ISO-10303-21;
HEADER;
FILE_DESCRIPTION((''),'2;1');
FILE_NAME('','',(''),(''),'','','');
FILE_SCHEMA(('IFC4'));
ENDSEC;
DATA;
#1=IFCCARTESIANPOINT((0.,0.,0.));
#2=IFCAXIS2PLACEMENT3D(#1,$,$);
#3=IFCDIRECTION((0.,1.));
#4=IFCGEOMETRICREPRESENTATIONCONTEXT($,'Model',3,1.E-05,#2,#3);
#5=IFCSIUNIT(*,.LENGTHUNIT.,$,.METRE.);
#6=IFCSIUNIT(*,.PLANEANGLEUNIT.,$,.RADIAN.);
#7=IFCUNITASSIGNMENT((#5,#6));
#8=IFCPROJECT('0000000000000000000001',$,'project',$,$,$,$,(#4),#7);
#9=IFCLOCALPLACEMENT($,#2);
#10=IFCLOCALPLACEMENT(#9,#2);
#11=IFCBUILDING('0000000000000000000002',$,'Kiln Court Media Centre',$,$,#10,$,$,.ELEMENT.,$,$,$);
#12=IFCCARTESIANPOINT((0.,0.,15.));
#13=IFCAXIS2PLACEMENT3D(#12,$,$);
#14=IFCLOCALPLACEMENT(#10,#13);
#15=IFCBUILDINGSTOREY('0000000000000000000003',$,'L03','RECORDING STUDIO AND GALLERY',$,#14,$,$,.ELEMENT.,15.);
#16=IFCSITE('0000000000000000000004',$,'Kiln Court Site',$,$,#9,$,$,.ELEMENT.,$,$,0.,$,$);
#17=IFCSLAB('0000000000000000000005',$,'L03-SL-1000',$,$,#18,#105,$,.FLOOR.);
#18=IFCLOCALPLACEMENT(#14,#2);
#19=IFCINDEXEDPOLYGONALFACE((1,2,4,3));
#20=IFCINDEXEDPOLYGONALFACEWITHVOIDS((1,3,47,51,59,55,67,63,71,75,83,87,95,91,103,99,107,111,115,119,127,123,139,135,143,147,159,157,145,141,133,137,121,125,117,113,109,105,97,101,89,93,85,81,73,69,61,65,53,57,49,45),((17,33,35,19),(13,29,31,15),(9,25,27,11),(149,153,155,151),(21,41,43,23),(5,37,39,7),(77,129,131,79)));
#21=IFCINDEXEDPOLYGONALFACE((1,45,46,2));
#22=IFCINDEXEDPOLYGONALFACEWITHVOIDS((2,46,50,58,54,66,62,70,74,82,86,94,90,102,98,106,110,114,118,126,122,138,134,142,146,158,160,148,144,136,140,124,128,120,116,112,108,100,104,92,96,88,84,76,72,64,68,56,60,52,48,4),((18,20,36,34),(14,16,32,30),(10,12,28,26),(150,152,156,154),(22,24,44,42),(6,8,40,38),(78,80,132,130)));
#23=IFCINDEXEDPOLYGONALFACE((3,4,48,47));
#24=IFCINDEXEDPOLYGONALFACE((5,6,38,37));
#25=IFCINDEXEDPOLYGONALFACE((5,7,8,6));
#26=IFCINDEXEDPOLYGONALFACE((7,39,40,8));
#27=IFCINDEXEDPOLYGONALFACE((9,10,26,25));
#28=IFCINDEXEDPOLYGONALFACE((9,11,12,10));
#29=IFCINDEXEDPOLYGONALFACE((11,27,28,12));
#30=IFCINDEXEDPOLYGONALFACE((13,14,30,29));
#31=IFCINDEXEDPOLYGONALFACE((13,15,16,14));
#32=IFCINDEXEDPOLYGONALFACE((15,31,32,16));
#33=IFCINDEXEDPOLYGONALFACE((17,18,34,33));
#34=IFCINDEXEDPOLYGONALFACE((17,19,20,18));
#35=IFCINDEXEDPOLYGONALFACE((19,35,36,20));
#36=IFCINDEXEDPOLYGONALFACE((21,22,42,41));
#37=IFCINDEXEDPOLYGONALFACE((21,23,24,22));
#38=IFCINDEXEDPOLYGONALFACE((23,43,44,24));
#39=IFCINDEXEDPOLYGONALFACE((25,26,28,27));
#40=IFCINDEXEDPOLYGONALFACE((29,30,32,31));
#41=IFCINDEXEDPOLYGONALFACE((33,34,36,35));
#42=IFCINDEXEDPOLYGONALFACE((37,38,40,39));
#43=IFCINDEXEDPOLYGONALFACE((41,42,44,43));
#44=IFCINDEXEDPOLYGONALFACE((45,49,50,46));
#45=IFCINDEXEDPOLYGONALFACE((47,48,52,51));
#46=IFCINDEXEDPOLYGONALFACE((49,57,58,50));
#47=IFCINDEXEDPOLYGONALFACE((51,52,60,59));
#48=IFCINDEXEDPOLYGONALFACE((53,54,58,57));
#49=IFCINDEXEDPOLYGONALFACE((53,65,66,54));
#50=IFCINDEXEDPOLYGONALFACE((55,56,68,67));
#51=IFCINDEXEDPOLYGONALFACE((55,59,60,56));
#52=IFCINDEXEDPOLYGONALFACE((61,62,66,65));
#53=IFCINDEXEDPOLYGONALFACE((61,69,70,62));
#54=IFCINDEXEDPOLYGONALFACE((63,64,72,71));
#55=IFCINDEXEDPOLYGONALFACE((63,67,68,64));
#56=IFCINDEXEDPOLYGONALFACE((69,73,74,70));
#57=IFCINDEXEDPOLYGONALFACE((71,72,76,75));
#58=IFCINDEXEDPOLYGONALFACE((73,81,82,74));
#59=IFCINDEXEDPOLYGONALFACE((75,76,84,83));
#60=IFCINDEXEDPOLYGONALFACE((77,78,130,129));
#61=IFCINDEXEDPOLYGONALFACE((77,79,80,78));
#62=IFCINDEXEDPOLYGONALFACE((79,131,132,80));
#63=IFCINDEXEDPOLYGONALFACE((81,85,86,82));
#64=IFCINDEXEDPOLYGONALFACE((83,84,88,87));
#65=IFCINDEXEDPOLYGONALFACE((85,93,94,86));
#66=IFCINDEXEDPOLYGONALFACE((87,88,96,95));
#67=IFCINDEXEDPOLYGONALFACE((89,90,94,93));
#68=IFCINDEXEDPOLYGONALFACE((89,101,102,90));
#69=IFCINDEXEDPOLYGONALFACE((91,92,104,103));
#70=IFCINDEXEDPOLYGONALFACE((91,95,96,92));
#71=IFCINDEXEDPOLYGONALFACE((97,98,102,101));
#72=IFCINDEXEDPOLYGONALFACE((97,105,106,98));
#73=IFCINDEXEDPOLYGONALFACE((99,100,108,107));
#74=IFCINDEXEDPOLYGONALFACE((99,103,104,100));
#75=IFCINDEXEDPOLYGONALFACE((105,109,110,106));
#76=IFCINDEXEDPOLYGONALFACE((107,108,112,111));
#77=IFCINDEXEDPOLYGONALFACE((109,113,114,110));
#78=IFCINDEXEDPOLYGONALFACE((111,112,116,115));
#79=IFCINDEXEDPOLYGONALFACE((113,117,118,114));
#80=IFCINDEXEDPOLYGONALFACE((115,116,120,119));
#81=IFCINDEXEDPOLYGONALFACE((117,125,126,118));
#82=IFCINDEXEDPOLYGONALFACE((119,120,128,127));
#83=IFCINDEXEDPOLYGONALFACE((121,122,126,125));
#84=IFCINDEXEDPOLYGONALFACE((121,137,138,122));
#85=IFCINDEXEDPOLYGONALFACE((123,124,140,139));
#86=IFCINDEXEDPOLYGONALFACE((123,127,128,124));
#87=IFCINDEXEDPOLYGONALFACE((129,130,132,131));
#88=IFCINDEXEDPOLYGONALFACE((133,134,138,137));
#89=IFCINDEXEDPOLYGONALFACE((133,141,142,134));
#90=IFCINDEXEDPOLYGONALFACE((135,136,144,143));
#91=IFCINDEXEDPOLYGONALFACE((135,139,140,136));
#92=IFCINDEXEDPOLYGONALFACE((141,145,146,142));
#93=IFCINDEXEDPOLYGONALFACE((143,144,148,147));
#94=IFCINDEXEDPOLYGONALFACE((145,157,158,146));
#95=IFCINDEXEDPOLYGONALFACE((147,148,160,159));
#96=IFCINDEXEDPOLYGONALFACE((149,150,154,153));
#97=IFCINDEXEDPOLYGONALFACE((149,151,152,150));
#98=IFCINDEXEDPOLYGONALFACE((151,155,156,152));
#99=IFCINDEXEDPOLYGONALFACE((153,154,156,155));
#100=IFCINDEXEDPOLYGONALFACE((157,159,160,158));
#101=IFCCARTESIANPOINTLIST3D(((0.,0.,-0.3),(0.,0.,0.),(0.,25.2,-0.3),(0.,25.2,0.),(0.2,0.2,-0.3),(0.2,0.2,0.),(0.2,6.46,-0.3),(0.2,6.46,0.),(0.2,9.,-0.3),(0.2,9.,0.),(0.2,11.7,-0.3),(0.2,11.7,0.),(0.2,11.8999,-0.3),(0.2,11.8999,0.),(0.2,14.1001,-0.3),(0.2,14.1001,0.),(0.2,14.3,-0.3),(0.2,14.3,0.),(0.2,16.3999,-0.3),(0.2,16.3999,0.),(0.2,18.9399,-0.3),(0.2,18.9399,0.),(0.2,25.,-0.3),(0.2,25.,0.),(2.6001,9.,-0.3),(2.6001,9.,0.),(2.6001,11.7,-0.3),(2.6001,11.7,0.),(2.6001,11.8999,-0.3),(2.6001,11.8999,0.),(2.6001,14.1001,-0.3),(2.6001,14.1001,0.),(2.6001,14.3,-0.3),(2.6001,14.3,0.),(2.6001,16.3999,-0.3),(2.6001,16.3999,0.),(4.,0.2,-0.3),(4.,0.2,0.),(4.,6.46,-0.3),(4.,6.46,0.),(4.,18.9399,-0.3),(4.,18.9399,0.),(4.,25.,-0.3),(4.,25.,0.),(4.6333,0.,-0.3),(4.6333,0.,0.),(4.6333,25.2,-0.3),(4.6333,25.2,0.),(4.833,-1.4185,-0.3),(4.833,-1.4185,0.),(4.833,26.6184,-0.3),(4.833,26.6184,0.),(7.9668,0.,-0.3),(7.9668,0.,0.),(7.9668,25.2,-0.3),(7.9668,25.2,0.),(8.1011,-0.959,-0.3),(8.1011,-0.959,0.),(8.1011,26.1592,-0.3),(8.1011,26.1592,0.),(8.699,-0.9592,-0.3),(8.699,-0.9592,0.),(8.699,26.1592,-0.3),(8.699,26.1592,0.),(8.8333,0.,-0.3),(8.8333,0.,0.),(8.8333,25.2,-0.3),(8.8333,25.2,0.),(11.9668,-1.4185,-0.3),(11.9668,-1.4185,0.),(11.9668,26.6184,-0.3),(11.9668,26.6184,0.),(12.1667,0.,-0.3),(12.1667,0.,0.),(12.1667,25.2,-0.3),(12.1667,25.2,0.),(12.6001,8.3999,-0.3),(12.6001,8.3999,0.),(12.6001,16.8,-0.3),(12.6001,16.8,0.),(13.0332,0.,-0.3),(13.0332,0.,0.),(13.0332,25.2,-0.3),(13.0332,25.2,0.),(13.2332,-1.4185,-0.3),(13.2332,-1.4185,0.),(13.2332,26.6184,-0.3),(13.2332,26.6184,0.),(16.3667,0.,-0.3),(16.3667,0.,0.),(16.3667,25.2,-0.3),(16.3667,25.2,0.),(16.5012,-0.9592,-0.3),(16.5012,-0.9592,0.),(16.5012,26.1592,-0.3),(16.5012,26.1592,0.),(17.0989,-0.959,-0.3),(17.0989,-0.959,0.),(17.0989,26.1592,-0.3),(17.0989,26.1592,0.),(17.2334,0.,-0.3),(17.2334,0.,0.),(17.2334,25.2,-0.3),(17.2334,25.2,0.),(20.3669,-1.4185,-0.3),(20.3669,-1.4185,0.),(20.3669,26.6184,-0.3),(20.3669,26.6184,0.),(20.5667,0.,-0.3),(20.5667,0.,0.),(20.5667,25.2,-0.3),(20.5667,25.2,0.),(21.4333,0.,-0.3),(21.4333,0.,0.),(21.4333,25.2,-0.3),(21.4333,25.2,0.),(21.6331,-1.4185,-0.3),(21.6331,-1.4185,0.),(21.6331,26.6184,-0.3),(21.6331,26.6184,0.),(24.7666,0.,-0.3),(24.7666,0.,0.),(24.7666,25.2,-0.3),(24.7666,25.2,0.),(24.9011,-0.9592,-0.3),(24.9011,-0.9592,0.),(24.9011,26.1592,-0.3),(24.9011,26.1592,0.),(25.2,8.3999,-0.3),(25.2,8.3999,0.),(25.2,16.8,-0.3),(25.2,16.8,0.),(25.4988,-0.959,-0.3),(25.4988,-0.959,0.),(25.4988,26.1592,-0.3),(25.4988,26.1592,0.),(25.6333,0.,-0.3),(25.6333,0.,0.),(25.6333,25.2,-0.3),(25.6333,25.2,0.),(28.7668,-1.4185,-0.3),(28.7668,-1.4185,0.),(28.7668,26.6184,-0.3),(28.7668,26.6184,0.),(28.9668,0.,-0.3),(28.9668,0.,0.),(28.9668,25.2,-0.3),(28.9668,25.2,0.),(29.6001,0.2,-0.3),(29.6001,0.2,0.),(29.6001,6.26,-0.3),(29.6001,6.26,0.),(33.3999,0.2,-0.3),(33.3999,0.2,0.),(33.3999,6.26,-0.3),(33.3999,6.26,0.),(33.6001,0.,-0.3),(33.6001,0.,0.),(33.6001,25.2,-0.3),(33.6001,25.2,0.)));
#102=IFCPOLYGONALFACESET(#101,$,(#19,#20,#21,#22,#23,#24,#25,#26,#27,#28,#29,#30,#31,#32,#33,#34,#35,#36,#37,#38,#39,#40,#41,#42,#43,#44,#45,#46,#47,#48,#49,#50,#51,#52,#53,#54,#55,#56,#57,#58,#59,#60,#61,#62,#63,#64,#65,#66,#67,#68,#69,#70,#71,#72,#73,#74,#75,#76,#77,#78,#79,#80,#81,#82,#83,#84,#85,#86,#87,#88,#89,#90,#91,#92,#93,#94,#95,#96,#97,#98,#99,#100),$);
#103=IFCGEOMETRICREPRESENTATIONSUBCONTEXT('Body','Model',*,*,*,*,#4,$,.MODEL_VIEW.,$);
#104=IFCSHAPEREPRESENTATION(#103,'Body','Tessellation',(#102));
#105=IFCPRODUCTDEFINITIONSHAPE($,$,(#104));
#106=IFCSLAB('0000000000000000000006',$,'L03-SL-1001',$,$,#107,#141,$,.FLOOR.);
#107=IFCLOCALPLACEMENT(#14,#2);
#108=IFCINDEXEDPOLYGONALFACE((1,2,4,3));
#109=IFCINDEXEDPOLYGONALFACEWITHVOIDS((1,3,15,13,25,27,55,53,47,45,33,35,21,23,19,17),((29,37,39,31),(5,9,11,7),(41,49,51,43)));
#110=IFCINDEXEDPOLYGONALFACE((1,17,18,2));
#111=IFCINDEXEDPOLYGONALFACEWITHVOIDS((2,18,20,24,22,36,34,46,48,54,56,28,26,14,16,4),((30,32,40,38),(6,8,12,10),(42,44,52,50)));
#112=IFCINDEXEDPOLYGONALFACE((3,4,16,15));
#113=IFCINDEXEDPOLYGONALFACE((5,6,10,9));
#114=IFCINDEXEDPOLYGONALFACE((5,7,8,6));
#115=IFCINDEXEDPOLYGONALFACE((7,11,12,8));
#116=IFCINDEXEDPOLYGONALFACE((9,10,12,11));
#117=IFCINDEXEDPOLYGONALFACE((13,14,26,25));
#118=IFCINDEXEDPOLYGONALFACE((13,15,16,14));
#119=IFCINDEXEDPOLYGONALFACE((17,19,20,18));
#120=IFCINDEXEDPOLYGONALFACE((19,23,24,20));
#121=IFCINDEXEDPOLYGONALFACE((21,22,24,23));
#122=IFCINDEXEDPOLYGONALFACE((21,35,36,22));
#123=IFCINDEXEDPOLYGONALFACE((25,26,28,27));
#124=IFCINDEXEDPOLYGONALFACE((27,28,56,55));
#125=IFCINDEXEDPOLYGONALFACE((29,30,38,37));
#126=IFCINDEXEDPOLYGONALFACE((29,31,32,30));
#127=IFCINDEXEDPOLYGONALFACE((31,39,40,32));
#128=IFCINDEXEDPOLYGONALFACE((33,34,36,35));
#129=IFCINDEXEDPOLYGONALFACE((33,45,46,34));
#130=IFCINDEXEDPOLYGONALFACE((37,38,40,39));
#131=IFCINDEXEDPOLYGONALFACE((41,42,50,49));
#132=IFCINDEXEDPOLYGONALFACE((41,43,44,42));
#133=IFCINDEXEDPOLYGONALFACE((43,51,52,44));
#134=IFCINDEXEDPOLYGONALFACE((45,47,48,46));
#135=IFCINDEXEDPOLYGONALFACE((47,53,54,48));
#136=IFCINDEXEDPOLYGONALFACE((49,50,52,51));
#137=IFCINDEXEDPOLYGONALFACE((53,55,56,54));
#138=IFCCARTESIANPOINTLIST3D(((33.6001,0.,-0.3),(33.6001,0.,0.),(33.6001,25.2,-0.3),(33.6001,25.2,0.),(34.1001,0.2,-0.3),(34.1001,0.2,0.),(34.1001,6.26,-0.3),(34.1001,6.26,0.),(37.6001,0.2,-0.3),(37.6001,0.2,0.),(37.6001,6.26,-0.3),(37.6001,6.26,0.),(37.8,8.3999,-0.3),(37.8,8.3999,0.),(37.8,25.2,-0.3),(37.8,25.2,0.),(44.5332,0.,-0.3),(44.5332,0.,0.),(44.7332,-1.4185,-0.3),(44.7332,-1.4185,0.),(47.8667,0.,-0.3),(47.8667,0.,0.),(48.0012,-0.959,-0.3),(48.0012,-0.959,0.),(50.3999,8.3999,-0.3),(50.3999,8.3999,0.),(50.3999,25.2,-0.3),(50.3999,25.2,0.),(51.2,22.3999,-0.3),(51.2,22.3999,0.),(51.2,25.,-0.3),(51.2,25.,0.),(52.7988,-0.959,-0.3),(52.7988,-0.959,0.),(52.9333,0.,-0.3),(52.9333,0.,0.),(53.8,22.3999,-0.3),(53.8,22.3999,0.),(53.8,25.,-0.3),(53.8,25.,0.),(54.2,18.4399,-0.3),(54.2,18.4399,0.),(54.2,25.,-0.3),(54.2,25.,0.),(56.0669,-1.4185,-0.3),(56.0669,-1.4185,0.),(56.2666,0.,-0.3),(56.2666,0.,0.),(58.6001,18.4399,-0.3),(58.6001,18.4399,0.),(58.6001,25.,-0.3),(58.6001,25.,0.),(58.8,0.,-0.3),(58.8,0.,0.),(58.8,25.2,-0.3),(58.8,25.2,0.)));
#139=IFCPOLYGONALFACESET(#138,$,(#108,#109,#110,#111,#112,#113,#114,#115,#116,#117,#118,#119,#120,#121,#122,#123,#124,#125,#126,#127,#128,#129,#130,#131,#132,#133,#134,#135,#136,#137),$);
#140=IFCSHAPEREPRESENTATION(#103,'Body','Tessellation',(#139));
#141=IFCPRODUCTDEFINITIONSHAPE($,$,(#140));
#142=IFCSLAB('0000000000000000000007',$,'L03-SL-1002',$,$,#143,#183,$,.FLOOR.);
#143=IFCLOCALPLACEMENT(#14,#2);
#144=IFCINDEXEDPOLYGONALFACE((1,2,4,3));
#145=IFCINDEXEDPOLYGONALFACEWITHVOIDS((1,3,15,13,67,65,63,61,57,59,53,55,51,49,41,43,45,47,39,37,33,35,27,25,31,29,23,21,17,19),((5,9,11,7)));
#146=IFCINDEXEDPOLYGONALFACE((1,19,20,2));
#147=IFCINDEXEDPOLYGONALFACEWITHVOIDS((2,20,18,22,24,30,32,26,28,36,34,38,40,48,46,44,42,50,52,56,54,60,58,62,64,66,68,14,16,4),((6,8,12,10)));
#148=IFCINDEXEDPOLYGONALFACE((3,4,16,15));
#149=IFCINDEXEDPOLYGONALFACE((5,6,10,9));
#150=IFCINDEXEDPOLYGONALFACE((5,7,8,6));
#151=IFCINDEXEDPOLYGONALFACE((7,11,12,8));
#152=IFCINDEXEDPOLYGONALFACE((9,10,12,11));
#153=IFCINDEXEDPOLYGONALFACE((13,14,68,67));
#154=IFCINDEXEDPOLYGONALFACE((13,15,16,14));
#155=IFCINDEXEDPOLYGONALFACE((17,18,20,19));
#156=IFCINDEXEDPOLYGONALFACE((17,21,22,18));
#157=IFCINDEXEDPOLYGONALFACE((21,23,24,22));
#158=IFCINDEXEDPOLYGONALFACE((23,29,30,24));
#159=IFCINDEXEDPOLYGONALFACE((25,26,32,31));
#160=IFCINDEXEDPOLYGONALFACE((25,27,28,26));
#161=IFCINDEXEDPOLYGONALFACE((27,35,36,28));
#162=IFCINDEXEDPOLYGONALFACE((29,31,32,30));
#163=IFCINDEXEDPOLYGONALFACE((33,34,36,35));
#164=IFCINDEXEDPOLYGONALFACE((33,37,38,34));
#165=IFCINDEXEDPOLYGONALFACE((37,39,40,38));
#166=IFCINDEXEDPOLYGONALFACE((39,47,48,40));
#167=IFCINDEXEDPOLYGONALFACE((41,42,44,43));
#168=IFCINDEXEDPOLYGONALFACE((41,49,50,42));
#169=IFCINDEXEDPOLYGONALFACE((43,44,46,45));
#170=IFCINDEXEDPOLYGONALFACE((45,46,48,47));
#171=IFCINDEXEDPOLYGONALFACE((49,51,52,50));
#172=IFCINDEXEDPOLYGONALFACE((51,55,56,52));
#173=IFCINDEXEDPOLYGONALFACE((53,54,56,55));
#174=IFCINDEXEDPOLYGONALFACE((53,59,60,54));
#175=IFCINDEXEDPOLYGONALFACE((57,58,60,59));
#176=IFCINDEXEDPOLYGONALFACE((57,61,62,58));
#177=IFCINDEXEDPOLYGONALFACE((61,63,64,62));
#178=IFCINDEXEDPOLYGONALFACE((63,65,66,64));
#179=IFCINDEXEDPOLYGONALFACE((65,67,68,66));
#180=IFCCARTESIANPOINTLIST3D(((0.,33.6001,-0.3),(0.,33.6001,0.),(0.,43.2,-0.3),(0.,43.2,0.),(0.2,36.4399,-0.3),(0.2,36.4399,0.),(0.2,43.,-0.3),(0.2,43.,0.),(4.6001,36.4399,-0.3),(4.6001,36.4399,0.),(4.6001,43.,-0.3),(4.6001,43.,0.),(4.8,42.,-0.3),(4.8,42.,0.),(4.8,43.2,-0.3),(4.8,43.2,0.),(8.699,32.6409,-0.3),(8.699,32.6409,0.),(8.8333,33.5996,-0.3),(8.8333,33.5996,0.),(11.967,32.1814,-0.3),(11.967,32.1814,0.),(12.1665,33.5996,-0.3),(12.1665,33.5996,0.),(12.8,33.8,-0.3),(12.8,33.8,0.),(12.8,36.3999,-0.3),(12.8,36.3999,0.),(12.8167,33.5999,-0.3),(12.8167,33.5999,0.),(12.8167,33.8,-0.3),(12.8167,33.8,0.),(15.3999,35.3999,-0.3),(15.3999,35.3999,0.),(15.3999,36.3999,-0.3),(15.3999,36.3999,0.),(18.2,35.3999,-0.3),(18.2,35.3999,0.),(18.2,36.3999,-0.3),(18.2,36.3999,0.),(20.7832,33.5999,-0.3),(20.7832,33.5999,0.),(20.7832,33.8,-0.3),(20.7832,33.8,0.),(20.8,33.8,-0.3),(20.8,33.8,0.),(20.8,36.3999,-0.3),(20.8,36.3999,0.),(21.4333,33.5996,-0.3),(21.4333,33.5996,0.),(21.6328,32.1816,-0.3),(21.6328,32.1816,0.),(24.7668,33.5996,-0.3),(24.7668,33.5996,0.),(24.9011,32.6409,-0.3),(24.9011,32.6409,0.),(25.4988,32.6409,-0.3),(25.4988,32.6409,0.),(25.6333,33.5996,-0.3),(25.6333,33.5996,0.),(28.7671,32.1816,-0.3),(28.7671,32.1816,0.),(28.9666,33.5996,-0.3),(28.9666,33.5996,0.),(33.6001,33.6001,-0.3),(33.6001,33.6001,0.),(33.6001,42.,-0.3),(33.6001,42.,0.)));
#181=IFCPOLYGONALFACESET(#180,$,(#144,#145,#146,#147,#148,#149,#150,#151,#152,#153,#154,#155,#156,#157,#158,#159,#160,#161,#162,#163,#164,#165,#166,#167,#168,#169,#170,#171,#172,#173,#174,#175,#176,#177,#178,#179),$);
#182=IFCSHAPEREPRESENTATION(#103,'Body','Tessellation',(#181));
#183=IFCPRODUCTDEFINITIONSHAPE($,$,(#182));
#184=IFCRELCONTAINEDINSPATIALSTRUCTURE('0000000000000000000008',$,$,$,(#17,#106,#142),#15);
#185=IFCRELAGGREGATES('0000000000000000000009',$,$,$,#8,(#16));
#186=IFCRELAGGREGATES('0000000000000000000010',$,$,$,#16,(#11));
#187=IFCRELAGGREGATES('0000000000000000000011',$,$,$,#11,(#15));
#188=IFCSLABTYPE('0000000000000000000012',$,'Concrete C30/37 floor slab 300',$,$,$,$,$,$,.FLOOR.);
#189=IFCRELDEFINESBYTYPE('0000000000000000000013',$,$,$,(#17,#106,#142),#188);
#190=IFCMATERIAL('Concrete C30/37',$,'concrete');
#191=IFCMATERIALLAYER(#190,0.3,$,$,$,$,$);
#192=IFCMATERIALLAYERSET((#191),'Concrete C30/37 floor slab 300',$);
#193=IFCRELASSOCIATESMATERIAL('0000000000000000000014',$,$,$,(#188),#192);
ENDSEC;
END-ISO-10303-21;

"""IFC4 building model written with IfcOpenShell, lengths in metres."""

from ifc_helpers import new_model, si_unit, direction, frame, origin, place, context, subcontext, project, spatial, polyline, outline, extrude, material, layer, layer_set, type_object, element, save


model = new_model("IFC4")

# Units and contexts
model_context = context("Model", 3, precision=1e-05, world=origin(), true_north=direction((0.0, 1.0)))
body_context = subcontext(model_context, "Body", "Model", "MODEL_VIEW")
ifc_project = project(units=[si_unit("LENGTHUNIT", "METRE"), si_unit("PLANEANGLEUNIT", "RADIAN")], contexts=[model_context])

# Site, building, storey
site_placement = place(None, origin())
site = spatial("IfcSite", under=ifc_project, at=site_placement, Name="Kiln Court Site", CompositionType="ELEMENT", RefElevation=0.0)
building_placement = place(site_placement, origin())
building = spatial("IfcBuilding", under=site, at=building_placement, Name="Kiln Court Media Centre", CompositionType="ELEMENT")
storey_placement = place(building_placement, frame((0.0, 0.0, 15.0)))
storey = spatial("IfcBuildingStorey", under=building, at=storey_placement, Name="L03", Description="RECORDING STUDIO AND GALLERY", CompositionType="ELEMENT", Elevation=15.0)

# Slabs
ifc_material_1 = material(Name="Concrete C30/37", Category="concrete")
ifc_layer_1 = layer(ifc_material_1, 0.3)
ifc_layer_set_1 = layer_set([ifc_layer_1], Name="Concrete C30/37 floor slab 300")
slab_type = type_object("IfcSlabType", Name="Concrete C30/37 floor slab 300", PredefinedType="FLOOR", material=ifc_layer_set_1)
slab_1_placement = place(storey_placement, frame((0.0, 0.0, -0.3)))
element("IfcSlab", 1, at=slab_1_placement, inside=storey, type_object=slab_type, Name="L03-SL-1000", PredefinedType="FLOOR", context=body_context, shape_type="SweptSolid", body=[
    extrude(outline(polyline([(4.833, -1.4185), (4.6333, 0.0), (0.0, 0.0), (0.0, 25.2), (4.6333, 25.2), (4.833, 26.6184), (8.1011, 26.1592), (7.9668, 25.2), (8.8333, 25.2), (8.699, 26.1592), (11.9668, 26.6184), (12.1667, 25.2), (13.0332, 25.2), (13.2332, 26.6184), (16.5012, 26.1592), (16.3667, 25.2), (17.2334, 25.2), (17.0989, 26.1592), (20.3669, 26.6184), (20.5667, 25.2), (21.4333, 25.2), (21.6331, 26.6184), (24.9011, 26.1592), (24.7666, 25.2), (25.6333, 25.2), (25.4988, 26.1592), (28.7668, 26.6184), (28.9668, 25.2), (33.6001, 25.2), (33.6001, 0.0), (28.9668, 0.0), (28.7668, -1.4185), (25.4988, -0.959), (25.6333, 0.0), (24.7666, 0.0), (24.9011, -0.9592), (21.6331, -1.4185), (21.4333, 0.0), (20.5667, 0.0), (20.3669, -1.4185), (17.0989, -0.959), (17.2334, 0.0), (16.3667, 0.0), (16.5012, -0.9592), (13.2332, -1.4185), (13.0332, 0.0), (12.1667, 0.0), (11.9668, -1.4185), (8.699, -0.9592), (8.8333, 0.0), (7.9668, 0.0), (8.1011, -0.959), (4.833, -1.4185)]), holes=[polyline([(0.2, 0.2), (4.0, 0.2), (4.0, 6.46), (0.2, 6.46), (0.2, 0.2)]), polyline([(29.6001, 0.2), (33.3999, 0.2), (33.3999, 6.26), (29.6001, 6.26), (29.6001, 0.2)]), polyline([(12.6001, 8.3999), (25.2, 8.3999), (25.2, 16.8), (12.6001, 16.8), (12.6001, 8.3999)]), polyline([(0.2, 9.0), (2.6001, 9.0), (2.6001, 11.7), (0.2, 11.7), (0.2, 9.0)]), polyline([(0.2, 11.8999), (2.6001, 11.8999), (2.6001, 14.1001), (0.2, 14.1001), (0.2, 11.8999)]), polyline([(0.2, 14.3), (2.6001, 14.3), (2.6001, 16.3999), (0.2, 16.3999), (0.2, 14.3)]), polyline([(0.2, 18.9399), (4.0, 18.9399), (4.0, 25.0), (0.2, 25.0), (0.2, 18.9399)])]), origin(), (0.0, 0.0, 1.0), 0.3),
])
slab_2_placement = place(storey_placement, frame((0.0, 0.0, -0.3)))
element("IfcSlab", 2, at=slab_2_placement, inside=storey, type_object=slab_type, Name="L03-SL-1001", PredefinedType="FLOOR", context=body_context, shape_type="SweptSolid", body=[
    extrude(outline(polyline([(44.7332, -1.4185), (44.5332, 0.0), (33.6001, 0.0), (33.6001, 25.2), (37.8, 25.2), (37.8, 8.3999), (50.3999, 8.3999), (50.3999, 25.2), (58.8, 25.2), (58.8, 0.0), (56.2666, 0.0), (56.0669, -1.4185), (52.7988, -0.959), (52.9333, 0.0), (47.8667, 0.0), (48.0012, -0.959), (44.7332, -1.4185)]), holes=[polyline([(34.1001, 0.2), (37.6001, 0.2), (37.6001, 6.26), (34.1001, 6.26), (34.1001, 0.2)]), polyline([(54.2, 18.4399), (58.6001, 18.4399), (58.6001, 25.0), (54.2, 25.0), (54.2, 18.4399)]), polyline([(51.2, 22.3999), (53.8, 22.3999), (53.8, 25.0), (51.2, 25.0), (51.2, 22.3999)])]), origin(), (0.0, 0.0, 1.0), 0.3),
])
slab_3_placement = place(storey_placement, frame((0.0, 0.0, -0.3)))
element("IfcSlab", 3, at=slab_3_placement, inside=storey, type_object=slab_type, Name="L03-SL-1002", PredefinedType="FLOOR", context=body_context, shape_type="SweptSolid", body=[
    extrude(outline(polyline([(11.967, 32.1814), (8.699, 32.6409), (8.8333, 33.5996), (0.0, 33.6001), (0.0, 43.2), (4.8, 43.2), (4.8, 42.0), (33.6001, 42.0), (33.6001, 33.6001), (28.9666, 33.5996), (28.7671, 32.1816), (25.4988, 32.6409), (25.6333, 33.5996), (24.7668, 33.5996), (24.9011, 32.6409), (21.6328, 32.1816), (21.4333, 33.5996), (20.7832, 33.5999), (20.7832, 33.8), (20.8, 33.8), (20.8, 36.3999), (18.2, 36.3999), (18.2, 35.3999), (15.3999, 35.3999), (15.3999, 36.3999), (12.8, 36.3999), (12.8, 33.8), (12.8167, 33.8), (12.8167, 33.5999), (12.1665, 33.5996), (11.967, 32.1814)]), holes=[polyline([(0.2, 36.4399), (4.6001, 36.4399), (4.6001, 43.0), (0.2, 43.0), (0.2, 36.4399)])]), origin(), (0.0, 0.0, 1.0), 0.3),
])

save(model, "model.ifc")
